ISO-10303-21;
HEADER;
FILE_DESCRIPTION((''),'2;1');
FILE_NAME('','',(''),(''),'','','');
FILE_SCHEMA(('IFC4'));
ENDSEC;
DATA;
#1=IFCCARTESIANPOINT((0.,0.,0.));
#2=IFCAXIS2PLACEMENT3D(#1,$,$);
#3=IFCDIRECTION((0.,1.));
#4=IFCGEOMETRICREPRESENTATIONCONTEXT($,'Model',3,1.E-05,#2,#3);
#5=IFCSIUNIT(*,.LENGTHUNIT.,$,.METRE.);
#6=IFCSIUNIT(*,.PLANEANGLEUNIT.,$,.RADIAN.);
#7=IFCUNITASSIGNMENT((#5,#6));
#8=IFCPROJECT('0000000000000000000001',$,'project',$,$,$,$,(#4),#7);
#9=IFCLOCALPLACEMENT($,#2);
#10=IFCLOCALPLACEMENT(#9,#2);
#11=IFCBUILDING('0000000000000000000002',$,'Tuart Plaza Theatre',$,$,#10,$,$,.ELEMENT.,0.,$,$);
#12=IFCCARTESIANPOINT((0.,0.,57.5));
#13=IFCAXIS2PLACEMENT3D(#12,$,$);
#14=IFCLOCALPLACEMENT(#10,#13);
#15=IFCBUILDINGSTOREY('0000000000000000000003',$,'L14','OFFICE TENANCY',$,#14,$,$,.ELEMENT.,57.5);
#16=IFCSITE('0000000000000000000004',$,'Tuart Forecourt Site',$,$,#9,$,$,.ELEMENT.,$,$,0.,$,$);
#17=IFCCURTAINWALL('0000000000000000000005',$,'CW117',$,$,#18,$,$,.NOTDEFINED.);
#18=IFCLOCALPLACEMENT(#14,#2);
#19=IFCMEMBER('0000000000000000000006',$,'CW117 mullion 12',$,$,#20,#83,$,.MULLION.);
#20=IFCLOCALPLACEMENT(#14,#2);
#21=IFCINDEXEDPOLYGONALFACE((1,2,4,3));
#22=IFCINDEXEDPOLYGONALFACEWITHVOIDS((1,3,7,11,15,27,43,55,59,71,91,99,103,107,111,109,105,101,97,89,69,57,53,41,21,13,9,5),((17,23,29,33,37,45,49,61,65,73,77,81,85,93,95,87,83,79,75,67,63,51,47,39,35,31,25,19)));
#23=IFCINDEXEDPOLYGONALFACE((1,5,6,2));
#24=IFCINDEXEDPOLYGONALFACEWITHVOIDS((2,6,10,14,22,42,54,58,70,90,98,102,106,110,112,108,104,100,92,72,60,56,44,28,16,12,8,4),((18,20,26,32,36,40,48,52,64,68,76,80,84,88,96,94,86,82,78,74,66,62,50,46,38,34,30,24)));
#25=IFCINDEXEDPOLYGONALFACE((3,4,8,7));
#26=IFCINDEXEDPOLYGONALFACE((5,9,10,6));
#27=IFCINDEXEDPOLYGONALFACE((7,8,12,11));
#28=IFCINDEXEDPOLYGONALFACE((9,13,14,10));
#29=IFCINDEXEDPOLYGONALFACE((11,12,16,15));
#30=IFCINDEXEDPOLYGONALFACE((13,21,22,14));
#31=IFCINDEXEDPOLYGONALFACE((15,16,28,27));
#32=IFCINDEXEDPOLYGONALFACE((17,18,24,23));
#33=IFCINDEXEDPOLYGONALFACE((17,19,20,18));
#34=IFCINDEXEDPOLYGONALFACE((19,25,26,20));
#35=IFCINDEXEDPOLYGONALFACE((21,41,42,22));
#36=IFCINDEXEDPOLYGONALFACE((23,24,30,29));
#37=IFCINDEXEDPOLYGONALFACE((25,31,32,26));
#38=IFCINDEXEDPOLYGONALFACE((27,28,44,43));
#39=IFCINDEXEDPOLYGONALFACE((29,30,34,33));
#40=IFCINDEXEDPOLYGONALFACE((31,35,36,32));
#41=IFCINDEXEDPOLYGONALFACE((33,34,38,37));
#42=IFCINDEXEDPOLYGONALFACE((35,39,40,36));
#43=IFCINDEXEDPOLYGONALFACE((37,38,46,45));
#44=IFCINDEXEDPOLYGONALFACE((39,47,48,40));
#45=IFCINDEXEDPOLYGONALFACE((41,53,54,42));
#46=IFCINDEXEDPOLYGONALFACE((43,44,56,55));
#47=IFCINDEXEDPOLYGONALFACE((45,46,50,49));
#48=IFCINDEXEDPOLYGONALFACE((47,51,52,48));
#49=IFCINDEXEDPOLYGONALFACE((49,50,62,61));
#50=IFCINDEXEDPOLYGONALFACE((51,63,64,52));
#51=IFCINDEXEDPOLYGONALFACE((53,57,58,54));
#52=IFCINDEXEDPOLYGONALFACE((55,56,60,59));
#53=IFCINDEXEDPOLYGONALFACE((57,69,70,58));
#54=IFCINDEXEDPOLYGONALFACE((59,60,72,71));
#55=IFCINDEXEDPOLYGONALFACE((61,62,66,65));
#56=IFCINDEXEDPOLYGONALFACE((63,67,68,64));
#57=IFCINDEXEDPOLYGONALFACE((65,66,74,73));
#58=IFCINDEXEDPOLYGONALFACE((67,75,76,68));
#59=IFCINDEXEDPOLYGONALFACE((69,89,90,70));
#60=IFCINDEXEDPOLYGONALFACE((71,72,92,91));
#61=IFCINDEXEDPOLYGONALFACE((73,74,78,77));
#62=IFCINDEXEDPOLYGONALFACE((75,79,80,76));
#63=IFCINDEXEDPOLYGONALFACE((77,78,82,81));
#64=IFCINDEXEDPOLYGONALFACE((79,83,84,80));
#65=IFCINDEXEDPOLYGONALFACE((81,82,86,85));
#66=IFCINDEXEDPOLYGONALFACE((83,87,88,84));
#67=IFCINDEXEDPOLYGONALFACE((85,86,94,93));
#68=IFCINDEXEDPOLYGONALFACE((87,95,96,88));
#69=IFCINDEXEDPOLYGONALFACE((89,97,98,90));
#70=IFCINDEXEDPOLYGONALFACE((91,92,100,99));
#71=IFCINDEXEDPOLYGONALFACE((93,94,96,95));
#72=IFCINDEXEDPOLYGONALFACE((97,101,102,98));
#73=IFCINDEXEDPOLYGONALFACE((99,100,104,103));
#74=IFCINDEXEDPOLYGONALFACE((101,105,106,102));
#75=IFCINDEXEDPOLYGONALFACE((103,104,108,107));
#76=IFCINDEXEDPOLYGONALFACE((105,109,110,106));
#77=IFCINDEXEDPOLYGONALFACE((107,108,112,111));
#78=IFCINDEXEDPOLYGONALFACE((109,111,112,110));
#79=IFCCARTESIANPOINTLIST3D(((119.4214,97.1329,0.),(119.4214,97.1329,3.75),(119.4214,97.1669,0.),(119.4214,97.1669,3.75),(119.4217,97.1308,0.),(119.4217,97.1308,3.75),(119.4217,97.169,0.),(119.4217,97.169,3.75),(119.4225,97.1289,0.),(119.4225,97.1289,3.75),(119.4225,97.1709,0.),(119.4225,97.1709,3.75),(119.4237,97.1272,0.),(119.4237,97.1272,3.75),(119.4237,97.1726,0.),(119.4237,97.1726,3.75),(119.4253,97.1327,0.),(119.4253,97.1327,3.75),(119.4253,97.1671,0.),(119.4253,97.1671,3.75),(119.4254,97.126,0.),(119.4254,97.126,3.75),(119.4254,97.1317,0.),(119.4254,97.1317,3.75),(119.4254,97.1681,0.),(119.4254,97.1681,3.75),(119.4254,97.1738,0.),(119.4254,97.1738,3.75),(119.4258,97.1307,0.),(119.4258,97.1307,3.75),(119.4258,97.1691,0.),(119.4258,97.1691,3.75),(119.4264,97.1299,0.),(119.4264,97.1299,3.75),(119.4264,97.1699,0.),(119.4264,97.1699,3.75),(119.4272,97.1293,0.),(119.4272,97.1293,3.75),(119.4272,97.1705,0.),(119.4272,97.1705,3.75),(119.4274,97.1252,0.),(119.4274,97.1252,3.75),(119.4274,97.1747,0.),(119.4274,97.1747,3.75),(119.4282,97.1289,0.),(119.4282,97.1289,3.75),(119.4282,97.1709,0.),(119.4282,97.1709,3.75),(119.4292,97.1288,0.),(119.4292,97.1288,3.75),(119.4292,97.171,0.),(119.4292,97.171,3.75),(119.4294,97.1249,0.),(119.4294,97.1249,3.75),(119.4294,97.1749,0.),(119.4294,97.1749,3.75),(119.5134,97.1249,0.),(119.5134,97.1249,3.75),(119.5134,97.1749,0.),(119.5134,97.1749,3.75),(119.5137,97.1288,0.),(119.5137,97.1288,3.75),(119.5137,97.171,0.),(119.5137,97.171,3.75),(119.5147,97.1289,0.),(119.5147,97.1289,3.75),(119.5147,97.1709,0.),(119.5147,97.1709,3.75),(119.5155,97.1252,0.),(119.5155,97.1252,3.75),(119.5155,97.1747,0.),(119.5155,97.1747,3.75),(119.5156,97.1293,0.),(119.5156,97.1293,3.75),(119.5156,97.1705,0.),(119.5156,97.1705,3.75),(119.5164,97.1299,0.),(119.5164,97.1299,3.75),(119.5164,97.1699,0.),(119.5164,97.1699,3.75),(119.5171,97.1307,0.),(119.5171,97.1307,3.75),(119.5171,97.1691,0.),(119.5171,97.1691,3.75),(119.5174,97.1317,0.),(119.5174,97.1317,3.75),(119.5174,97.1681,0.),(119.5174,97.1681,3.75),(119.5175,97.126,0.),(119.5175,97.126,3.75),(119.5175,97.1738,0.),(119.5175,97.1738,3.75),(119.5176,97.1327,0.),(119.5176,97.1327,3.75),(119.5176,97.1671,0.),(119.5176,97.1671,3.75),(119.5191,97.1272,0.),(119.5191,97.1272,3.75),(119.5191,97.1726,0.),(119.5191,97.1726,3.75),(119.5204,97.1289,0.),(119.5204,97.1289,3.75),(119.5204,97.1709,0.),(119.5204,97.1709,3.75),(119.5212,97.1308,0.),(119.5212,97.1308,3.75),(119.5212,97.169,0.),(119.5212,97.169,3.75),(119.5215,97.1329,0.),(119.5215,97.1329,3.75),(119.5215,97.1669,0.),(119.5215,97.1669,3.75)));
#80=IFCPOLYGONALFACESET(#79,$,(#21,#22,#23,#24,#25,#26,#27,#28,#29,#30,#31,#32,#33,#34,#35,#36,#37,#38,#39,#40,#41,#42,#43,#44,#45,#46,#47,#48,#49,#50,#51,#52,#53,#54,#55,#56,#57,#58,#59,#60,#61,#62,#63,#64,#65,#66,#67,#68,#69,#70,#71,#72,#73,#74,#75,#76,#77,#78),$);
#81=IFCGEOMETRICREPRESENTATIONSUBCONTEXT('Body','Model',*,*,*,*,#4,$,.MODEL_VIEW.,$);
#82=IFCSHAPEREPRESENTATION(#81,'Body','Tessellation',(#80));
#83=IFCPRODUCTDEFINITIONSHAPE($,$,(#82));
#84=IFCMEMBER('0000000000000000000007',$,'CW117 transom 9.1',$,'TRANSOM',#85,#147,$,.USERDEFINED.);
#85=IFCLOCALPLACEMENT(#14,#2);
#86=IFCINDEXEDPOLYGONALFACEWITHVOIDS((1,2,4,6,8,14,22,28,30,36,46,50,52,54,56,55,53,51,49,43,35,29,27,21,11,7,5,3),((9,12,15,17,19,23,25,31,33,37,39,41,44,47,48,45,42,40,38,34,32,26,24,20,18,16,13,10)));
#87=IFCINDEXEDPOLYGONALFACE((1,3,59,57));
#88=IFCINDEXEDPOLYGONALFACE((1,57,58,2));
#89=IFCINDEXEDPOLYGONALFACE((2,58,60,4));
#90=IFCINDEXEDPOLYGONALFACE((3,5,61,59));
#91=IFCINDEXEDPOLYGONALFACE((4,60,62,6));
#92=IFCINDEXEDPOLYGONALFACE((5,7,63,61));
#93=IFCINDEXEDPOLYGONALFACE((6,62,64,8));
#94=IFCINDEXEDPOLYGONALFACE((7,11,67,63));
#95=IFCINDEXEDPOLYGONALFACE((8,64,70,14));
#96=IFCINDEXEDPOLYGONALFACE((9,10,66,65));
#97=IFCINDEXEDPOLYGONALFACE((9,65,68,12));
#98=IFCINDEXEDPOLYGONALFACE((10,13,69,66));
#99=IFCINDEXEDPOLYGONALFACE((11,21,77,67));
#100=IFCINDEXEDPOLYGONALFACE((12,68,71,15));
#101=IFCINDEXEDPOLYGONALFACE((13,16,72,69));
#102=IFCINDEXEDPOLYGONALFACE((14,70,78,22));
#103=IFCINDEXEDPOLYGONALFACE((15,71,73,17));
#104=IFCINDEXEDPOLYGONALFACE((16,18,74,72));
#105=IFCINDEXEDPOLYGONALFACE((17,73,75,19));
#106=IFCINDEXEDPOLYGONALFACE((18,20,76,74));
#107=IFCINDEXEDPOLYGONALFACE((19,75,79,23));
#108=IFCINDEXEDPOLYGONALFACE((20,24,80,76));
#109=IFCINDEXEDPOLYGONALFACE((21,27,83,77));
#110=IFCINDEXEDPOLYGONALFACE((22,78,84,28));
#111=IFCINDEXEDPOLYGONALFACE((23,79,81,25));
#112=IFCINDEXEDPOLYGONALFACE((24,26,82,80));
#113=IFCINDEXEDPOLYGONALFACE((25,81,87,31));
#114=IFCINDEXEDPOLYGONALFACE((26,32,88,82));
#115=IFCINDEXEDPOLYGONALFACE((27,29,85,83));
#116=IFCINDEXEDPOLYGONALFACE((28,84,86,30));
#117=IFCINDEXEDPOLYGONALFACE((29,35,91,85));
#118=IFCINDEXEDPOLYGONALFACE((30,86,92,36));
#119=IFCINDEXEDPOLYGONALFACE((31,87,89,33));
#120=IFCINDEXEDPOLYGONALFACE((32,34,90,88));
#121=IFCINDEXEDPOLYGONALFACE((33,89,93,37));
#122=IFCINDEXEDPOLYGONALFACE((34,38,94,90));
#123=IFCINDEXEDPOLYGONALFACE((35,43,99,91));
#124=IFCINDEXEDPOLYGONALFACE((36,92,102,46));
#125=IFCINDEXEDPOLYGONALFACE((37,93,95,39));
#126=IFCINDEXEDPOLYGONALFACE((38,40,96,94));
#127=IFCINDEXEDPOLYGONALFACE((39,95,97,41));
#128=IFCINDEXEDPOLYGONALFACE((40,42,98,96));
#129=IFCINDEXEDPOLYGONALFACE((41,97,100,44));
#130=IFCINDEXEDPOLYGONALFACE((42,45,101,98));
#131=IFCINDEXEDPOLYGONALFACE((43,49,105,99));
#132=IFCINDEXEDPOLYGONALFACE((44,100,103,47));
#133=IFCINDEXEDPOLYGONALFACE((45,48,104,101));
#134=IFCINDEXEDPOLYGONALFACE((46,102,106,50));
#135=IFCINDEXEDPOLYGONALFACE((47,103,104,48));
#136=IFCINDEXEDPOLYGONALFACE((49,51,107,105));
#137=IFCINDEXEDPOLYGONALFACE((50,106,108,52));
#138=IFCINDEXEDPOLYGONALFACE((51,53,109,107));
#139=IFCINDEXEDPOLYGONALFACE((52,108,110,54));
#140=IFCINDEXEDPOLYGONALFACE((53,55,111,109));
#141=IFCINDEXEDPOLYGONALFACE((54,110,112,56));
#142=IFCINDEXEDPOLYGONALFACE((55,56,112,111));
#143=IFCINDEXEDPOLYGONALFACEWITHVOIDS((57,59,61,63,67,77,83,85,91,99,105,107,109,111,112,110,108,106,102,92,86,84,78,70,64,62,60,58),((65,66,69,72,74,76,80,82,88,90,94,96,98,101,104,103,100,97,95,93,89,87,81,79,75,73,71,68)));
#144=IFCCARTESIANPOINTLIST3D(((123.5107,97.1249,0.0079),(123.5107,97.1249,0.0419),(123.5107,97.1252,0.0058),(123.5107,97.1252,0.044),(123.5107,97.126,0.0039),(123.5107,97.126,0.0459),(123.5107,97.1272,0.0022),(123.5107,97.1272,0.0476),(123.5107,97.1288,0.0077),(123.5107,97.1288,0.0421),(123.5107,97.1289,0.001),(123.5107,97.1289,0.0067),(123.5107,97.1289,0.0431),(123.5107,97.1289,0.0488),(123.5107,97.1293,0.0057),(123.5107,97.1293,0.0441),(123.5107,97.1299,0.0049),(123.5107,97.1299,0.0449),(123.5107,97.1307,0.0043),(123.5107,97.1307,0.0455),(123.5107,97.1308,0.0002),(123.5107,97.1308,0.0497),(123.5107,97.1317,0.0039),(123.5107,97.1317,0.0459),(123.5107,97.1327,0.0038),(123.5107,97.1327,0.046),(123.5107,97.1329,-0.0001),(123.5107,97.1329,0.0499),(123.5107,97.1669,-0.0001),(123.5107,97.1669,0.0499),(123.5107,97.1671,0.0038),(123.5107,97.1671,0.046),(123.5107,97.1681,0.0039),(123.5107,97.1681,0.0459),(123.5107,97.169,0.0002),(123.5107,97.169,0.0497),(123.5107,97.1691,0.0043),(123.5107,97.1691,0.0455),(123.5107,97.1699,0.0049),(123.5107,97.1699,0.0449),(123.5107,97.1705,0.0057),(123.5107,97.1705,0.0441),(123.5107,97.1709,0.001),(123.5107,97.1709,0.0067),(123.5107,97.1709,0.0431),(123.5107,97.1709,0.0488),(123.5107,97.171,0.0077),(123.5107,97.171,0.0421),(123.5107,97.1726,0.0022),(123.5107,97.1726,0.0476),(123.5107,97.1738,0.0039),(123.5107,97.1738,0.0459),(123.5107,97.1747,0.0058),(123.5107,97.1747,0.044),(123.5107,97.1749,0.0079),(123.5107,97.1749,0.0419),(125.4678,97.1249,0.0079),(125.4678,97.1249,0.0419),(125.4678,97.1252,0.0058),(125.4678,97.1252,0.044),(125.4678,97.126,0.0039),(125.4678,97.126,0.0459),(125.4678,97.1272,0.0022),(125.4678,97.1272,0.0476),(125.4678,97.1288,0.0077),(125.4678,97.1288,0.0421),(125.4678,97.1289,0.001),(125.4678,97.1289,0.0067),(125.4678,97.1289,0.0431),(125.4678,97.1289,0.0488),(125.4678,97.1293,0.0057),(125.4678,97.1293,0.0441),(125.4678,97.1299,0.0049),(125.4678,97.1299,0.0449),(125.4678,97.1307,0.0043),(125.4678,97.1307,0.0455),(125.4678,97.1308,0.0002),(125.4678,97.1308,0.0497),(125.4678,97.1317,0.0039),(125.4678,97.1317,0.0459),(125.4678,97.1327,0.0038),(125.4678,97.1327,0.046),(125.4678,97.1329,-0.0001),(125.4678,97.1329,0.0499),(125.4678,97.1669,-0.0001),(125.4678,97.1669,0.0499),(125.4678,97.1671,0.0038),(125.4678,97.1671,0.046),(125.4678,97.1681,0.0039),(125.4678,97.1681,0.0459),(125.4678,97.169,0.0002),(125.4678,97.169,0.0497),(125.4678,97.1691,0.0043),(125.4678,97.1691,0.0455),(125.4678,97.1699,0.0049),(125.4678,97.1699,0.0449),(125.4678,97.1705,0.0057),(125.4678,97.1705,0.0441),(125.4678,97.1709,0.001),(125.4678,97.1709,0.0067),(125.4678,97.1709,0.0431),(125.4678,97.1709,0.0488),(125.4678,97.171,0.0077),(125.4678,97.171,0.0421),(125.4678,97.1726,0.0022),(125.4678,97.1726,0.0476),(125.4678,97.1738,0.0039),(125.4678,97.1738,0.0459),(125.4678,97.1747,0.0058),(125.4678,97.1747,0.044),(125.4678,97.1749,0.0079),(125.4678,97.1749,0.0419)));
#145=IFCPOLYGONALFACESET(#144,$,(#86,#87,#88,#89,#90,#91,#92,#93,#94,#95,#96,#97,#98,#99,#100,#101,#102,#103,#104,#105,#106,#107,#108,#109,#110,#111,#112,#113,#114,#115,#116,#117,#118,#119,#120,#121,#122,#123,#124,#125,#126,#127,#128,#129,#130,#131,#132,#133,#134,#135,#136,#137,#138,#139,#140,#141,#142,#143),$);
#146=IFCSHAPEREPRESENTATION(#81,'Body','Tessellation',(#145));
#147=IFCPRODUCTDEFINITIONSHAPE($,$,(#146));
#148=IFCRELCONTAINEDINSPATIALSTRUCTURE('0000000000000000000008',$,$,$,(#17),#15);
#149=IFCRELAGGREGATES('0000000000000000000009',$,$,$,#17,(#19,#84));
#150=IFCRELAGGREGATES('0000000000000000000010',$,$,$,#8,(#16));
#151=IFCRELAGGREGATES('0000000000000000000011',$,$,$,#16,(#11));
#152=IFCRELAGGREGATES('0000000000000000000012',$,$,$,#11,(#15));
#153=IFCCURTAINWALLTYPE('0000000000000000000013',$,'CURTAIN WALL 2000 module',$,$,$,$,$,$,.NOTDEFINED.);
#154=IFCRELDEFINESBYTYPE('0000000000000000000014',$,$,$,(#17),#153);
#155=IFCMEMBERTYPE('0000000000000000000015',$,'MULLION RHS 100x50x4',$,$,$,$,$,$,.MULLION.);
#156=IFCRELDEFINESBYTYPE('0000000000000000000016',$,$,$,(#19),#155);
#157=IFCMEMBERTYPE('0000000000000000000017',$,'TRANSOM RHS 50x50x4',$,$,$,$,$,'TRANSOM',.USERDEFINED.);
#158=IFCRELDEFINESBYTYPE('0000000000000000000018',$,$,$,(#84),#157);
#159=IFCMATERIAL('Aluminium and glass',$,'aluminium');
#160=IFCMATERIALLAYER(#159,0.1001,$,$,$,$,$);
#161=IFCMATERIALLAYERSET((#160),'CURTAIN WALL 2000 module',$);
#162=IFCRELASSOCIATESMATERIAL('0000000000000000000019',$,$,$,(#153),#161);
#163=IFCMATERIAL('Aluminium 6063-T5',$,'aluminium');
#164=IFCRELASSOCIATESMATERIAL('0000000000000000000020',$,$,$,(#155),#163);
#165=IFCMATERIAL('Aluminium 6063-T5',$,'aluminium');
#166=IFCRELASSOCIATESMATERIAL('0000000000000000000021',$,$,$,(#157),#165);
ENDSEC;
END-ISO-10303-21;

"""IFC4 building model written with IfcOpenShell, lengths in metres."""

from ifc_helpers import new_model, si_unit, direction, frame, origin, origin_2d, place, context, subcontext, project, spatial, hollow_rectangle, extrude, material, layer, layer_set, material_profile, profile_set, type_object, element, aggregate, save


model = new_model("IFC4")

# Units and contexts
model_context = context("Model", 3, precision=1e-05, world=origin(), true_north=direction((0.0, 1.0)))
body_context = subcontext(model_context, "Body", "Model", "MODEL_VIEW")
ifc_project = project(units=[si_unit("LENGTHUNIT", "METRE"), si_unit("PLANEANGLEUNIT", "RADIAN")], contexts=[model_context])

# Site, building, storey
site_placement = place(None, origin())
site = spatial("IfcSite", under=ifc_project, at=site_placement, Name="Tuart Forecourt Site", CompositionType="ELEMENT", RefElevation=0.0)
building_placement = place(site_placement, origin())
building = spatial("IfcBuilding", under=site, at=building_placement, Name="Tuart Plaza Theatre", CompositionType="ELEMENT", ElevationOfRefHeight=0.0)
storey_placement = place(building_placement, frame((0.0, 0.0, 57.5)))
storey = spatial("IfcBuildingStorey", under=building, at=storey_placement, Name="L14", Description="OFFICE TENANCY", CompositionType="ELEMENT", Elevation=57.5)

# Curtain wall, members
ifc_material_1 = material(Name="Aluminium and glass", Category="aluminium")
ifc_layer_1 = layer(ifc_material_1, 0.1001)
ifc_layer_set_1 = layer_set([ifc_layer_1], Name="CURTAIN WALL 2000 module")
curtain_wall_type = type_object("IfcCurtainWallType", Name="CURTAIN WALL 2000 module", PredefinedType="NOTDEFINED", material=ifc_layer_set_1)
curtain_wall_placement = place(storey_placement, origin())
curtain_wall = element("IfcCurtainWall", 1, at=curtain_wall_placement, inside=storey, type_object=curtain_wall_type, Name="CW117", PredefinedType="NOTDEFINED")
ifc_material_2 = material(Name="Aluminium 6063-T5", Category="aluminium")
ifc_material_profile_1 = material_profile(ifc_material_2, hollow_rectangle(XDim=0.05, YDim=0.1001, WallThickness=0.0039, InnerFilletRadius=0.0039, OuterFilletRadius=0.0081, at=origin_2d()), Name="RHS 100x50x4")
ifc_profile_set_1 = profile_set([ifc_material_profile_1], Name="Aluminium 6063-T5")
member_type_1 = type_object("IfcMemberType", Name="MULLION RHS 100x50x4", PredefinedType="MULLION", material=ifc_profile_set_1)
member_1_placement = place(storey_placement, frame((119.4714, 97.1499, 0.0), z_axis=(0.0, 0.0, 1.0), x_axis=(0.0, -1.0, 0.0)))
member_1 = element("IfcMember", 2, at=member_1_placement, type_object=member_type_1, Name="CW117 mullion 12", PredefinedType="MULLION", context=body_context, shape_type="SweptSolid", body=[
    extrude(hollow_rectangle(XDim=0.05, YDim=0.1001, WallThickness=0.0039, InnerFilletRadius=0.0039, OuterFilletRadius=0.0081, at=origin_2d()), origin(), (0.0, 0.0, 1.0), 3.75),
])
ifc_material_3 = material(Name="Aluminium 6063-T5", Category="aluminium")
ifc_material_profile_2 = material_profile(ifc_material_3, hollow_rectangle(XDim=0.05, YDim=0.05, WallThickness=0.0039, InnerFilletRadius=0.0039, OuterFilletRadius=0.0081, at=origin_2d()), Name="RHS 50x50x4")
ifc_profile_set_2 = profile_set([ifc_material_profile_2], Name="Aluminium 6063-T5")
member_type_2 = type_object("IfcMemberType", Name="TRANSOM RHS 50x50x4", ElementType="TRANSOM", PredefinedType="USERDEFINED", material=ifc_profile_set_2)
member_2_placement = place(storey_placement, frame((125.4678, 97.1499, 0.0249), z_axis=(-1.0, 0.0, 0.0), x_axis=(0.0, -1.0, 0.0)))
member_2 = element("IfcMember", 3, at=member_2_placement, type_object=member_type_2, Name="CW117 transom 9.1", ObjectType="TRANSOM", PredefinedType="USERDEFINED", context=body_context, shape_type="SweptSolid", body=[
    extrude(hollow_rectangle(XDim=0.05, YDim=0.05, WallThickness=0.0039, InnerFilletRadius=0.0039, OuterFilletRadius=0.0081, at=origin_2d()), origin(), (0.0, 0.0, 1.0), 1.957),
])
aggregate(curtain_wall, [member_1, member_2])

save(model, "model.ifc")
